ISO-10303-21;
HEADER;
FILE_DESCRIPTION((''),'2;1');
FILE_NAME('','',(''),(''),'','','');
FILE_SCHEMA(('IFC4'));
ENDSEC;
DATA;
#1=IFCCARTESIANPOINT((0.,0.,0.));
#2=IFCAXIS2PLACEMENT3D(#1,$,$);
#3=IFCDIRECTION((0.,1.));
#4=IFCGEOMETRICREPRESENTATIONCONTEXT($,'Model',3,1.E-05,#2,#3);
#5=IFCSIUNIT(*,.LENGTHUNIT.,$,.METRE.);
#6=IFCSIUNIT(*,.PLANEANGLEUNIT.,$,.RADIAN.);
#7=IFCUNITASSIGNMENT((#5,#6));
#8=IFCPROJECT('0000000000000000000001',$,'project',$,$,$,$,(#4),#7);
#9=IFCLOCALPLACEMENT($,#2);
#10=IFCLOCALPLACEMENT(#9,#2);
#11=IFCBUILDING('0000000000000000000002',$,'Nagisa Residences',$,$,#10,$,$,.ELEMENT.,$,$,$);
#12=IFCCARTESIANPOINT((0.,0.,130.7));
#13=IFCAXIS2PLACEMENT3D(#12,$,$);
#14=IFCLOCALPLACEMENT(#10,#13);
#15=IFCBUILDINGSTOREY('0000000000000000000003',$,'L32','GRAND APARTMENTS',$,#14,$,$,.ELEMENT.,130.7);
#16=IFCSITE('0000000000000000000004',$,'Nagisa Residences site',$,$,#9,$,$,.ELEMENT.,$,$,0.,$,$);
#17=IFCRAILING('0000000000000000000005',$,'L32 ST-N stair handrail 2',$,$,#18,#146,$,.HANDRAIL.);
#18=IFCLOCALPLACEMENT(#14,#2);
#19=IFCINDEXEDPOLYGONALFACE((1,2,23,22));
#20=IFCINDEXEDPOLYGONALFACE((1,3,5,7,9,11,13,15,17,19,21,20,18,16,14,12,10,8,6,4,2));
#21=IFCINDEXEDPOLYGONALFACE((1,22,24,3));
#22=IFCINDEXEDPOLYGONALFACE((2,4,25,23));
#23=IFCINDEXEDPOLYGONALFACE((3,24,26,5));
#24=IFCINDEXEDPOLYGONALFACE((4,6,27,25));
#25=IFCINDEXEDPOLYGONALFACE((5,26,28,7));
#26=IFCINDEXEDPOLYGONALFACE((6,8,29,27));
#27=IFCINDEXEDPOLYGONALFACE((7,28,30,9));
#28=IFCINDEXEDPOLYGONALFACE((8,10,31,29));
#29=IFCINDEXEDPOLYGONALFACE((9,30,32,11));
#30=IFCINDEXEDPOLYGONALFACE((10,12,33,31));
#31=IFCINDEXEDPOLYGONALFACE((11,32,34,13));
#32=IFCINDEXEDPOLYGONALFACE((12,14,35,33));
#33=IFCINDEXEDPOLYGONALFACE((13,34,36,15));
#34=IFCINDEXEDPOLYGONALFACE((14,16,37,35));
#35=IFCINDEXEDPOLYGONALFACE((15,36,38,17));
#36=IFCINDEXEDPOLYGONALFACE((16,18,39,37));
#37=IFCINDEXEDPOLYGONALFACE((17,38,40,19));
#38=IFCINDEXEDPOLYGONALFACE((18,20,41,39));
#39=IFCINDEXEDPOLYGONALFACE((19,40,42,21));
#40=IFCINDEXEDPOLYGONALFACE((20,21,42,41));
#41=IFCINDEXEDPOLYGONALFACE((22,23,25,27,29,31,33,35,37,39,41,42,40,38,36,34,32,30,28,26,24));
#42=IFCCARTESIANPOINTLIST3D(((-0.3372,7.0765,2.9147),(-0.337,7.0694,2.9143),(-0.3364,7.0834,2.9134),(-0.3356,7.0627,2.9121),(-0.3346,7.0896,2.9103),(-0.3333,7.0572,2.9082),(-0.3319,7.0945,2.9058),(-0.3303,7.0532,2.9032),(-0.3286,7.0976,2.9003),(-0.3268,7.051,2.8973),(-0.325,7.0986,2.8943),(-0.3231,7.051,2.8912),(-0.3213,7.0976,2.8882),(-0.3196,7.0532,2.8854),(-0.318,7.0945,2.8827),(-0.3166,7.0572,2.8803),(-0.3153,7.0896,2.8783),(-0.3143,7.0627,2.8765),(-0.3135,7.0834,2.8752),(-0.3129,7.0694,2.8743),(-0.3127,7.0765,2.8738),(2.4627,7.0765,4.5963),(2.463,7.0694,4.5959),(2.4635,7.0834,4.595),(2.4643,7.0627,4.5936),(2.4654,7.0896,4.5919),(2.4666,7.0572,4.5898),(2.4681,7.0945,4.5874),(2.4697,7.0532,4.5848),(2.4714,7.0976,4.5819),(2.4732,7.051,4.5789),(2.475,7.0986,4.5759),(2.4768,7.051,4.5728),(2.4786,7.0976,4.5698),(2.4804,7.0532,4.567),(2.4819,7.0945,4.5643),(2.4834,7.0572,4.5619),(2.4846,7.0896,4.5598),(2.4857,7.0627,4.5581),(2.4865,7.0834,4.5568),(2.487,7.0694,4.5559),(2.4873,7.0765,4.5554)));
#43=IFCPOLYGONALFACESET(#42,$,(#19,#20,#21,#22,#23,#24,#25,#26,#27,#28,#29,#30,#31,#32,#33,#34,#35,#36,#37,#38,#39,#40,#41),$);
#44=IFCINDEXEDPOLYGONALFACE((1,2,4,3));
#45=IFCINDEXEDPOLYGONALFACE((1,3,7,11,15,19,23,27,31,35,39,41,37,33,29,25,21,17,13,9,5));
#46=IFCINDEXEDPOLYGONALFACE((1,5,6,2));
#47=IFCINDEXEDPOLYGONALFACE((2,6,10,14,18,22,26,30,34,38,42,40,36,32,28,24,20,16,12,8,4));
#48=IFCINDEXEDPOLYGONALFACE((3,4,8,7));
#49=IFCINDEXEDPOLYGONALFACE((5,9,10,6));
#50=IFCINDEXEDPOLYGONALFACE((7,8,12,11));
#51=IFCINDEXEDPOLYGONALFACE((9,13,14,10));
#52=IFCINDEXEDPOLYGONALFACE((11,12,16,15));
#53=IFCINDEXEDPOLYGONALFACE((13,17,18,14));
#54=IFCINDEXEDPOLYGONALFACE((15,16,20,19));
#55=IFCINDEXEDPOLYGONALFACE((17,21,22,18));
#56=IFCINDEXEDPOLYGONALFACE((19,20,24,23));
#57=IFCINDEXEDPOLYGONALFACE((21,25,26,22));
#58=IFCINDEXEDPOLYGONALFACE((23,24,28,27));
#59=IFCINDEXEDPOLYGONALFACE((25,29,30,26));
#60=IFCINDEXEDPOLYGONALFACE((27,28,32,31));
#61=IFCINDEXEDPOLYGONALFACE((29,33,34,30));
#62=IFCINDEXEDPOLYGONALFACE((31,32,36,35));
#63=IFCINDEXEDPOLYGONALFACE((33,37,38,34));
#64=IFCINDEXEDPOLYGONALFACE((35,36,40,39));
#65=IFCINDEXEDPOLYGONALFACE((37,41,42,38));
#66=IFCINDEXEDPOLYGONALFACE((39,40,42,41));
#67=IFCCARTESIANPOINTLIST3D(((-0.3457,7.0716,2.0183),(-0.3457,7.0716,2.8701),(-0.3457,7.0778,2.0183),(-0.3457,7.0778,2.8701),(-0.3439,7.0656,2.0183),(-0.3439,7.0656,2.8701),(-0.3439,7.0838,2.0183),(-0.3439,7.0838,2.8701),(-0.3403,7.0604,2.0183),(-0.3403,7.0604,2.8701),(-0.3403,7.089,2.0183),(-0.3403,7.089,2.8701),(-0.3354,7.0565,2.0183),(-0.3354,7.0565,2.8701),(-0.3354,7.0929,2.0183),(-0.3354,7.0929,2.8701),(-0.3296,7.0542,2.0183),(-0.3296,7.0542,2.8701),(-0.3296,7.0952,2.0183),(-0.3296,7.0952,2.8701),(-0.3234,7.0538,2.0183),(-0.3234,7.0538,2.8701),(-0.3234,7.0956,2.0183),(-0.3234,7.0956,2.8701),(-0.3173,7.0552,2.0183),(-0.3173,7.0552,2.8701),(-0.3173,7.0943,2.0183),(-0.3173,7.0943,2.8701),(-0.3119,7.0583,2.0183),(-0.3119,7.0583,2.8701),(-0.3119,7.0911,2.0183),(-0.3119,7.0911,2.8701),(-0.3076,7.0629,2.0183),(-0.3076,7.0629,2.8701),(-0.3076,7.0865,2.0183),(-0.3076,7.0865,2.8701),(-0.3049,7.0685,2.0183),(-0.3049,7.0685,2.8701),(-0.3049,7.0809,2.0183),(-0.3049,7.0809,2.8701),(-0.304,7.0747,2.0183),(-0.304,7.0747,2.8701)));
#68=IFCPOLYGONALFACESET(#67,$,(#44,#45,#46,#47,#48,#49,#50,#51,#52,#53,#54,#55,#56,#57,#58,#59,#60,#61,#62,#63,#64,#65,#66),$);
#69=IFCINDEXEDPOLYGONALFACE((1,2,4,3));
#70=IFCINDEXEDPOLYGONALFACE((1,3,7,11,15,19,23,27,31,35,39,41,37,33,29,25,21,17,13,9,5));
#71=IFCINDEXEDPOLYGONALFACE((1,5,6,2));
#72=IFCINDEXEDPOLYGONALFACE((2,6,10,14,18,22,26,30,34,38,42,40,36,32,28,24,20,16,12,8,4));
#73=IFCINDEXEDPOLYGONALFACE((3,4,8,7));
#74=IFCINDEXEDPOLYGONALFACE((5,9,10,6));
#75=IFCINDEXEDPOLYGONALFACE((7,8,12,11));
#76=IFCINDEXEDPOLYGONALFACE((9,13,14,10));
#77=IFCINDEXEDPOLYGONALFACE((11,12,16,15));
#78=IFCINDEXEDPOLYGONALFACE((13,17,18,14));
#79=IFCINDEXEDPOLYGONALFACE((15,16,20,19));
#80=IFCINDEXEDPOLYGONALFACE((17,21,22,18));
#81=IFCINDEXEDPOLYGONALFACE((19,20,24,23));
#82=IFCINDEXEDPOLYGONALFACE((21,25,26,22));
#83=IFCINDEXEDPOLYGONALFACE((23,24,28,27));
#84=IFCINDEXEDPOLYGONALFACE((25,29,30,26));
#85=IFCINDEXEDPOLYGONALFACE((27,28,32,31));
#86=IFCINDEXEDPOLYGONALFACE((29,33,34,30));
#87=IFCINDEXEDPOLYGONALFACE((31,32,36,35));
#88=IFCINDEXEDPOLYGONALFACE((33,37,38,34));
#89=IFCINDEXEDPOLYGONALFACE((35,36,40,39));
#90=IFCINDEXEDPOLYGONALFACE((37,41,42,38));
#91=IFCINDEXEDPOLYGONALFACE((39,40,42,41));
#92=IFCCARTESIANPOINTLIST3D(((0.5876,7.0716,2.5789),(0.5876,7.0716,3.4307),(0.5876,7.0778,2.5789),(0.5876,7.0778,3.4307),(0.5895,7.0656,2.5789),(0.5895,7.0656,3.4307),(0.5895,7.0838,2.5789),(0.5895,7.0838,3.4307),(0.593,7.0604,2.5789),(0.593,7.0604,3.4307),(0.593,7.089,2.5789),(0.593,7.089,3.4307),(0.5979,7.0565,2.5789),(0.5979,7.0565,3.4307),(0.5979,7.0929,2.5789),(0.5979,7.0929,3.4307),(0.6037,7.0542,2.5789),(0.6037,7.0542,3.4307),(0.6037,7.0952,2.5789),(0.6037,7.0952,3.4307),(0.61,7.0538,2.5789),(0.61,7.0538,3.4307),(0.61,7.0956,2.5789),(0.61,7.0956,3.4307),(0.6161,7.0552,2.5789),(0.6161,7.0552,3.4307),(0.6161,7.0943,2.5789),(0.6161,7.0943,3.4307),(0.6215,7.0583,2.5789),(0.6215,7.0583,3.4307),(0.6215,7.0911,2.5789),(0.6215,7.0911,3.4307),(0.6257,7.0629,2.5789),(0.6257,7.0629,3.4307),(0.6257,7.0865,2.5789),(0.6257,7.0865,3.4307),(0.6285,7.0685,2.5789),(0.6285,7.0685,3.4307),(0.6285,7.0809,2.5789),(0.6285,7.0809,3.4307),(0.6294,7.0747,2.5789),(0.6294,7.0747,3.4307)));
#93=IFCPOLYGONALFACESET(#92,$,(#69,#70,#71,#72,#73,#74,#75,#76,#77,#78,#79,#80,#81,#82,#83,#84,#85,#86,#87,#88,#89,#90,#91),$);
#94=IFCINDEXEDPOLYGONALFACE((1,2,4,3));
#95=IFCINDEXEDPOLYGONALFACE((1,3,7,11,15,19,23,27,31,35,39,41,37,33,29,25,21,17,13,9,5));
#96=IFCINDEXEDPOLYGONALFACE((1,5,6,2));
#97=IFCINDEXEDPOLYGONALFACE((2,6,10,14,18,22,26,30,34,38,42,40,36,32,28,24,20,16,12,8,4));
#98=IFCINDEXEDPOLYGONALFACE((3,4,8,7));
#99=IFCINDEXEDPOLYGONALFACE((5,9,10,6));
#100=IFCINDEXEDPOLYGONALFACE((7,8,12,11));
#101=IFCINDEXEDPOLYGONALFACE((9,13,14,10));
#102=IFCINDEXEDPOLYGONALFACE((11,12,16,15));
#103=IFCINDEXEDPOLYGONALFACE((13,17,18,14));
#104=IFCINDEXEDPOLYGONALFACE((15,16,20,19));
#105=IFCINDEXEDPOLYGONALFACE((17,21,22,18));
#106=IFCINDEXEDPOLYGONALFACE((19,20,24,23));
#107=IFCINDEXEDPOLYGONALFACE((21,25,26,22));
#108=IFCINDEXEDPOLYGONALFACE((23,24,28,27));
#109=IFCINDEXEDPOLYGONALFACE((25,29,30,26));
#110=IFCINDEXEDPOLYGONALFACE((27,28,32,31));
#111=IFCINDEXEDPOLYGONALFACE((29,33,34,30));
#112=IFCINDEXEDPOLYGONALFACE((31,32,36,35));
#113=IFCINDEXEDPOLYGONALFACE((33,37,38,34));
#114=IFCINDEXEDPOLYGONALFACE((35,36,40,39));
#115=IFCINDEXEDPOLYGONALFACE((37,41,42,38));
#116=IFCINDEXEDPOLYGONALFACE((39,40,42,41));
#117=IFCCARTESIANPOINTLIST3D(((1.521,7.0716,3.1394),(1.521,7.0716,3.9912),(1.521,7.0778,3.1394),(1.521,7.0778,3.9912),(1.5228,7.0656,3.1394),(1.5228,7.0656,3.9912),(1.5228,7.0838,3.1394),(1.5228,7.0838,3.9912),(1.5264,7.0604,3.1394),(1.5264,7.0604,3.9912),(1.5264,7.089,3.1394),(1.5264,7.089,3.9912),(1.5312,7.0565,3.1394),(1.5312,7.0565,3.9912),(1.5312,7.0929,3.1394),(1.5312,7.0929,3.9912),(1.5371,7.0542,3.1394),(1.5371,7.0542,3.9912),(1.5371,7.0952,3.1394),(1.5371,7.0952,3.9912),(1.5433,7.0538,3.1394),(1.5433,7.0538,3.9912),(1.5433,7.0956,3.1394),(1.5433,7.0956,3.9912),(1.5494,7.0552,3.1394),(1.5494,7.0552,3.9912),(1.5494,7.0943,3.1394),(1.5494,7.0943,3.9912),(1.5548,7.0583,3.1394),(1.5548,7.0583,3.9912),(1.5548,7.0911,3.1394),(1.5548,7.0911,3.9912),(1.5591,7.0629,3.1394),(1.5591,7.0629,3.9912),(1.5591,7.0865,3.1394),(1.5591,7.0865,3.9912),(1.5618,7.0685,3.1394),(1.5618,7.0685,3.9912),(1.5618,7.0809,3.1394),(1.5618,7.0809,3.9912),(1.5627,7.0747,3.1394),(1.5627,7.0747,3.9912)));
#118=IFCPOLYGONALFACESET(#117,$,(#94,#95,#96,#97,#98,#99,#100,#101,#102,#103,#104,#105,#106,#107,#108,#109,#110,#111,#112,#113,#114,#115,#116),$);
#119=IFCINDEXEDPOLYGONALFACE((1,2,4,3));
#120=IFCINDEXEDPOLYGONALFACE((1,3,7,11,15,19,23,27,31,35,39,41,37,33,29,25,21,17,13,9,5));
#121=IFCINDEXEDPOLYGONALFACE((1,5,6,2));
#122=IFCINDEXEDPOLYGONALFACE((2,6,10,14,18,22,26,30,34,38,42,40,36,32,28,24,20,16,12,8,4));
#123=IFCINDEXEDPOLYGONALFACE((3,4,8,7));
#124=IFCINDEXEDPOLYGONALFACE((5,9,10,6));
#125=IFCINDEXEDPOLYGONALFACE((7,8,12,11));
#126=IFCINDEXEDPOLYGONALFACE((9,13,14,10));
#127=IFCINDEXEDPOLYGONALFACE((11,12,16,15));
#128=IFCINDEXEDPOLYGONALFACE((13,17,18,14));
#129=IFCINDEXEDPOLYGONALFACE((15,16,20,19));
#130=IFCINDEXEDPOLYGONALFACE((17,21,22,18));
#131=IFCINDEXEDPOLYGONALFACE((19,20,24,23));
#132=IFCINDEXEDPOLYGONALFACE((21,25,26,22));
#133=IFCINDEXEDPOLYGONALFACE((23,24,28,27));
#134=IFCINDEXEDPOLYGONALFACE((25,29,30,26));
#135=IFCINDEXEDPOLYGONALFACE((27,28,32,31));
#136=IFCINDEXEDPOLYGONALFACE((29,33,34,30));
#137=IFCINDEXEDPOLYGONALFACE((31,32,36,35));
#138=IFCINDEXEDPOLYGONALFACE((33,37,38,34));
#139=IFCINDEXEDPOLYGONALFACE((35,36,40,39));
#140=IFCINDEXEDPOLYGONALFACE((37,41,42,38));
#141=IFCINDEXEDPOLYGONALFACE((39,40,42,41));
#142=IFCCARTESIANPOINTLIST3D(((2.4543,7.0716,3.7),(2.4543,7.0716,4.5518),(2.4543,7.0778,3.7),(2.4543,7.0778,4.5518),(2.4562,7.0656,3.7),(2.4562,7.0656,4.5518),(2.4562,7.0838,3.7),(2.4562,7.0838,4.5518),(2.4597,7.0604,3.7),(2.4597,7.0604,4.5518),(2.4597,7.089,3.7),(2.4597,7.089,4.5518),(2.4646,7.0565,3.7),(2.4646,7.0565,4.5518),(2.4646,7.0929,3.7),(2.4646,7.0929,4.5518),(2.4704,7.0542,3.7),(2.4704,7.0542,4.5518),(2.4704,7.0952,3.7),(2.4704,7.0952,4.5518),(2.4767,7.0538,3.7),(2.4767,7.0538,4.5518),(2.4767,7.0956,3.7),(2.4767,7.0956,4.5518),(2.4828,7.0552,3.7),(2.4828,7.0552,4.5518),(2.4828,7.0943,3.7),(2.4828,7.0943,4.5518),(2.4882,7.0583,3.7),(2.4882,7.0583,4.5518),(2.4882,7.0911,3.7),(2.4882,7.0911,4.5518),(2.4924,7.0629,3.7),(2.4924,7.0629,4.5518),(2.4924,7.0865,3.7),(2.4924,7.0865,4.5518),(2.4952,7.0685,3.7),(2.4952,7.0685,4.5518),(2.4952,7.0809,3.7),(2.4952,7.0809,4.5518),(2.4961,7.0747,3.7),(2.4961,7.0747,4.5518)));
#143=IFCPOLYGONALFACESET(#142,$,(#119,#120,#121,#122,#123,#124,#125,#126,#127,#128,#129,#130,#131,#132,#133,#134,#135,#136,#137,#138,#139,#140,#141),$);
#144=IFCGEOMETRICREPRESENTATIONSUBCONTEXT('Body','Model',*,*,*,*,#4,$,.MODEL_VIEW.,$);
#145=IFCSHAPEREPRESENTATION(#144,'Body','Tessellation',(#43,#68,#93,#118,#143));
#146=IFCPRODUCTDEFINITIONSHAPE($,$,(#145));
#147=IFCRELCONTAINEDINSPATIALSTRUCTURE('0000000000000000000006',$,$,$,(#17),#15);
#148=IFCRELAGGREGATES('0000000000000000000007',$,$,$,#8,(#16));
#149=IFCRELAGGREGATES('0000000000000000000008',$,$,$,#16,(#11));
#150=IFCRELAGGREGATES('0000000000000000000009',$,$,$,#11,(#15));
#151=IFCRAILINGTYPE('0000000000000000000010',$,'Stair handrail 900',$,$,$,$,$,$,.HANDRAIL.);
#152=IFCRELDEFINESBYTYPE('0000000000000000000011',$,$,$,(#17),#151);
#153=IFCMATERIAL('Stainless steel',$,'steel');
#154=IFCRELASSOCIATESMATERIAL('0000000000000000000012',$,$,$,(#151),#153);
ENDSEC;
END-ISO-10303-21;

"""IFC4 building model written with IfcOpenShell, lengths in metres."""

from ifc_helpers import new_model, si_unit, direction, frame, origin, origin_2d, place, context, subcontext, project, spatial, circle, extrude, material, type_object, element, save


model = new_model("IFC4")

# Units and contexts
model_context = context("Model", 3, precision=1e-05, world=origin(), true_north=direction((0.0, 1.0)))
body_context = subcontext(model_context, "Body", "Model", "MODEL_VIEW")
ifc_project = project(units=[si_unit("LENGTHUNIT", "METRE"), si_unit("PLANEANGLEUNIT", "RADIAN")], contexts=[model_context])

# Site, building, storey
site_placement = place(None, origin())
site = spatial("IfcSite", under=ifc_project, at=site_placement, Name="Nagisa Residences site", CompositionType="ELEMENT", RefElevation=0.0)
building_placement = place(site_placement, origin())
building = spatial("IfcBuilding", under=site, at=building_placement, Name="Nagisa Residences", CompositionType="ELEMENT")
storey_placement = place(building_placement, frame((0.0, 0.0, 130.7)))
storey = spatial("IfcBuildingStorey", under=building, at=storey_placement, Name="L32", Description="GRAND APARTMENTS", CompositionType="ELEMENT", Elevation=130.7)

# Railing
ifc_material_1 = material(Name="Stainless steel", Category="steel")
railing_type = type_object("IfcRailingType", Name="Stair handrail 900", PredefinedType="HANDRAIL", material=ifc_material_1)
railing_placement = place(storey_placement, frame((-0.325, 7.0747, 2.0183)))
element("IfcRailing", 1, at=railing_placement, inside=storey, type_object=railing_type, Name="L32 ST-N stair handrail 2", PredefinedType="HANDRAIL", context=body_context, shape_type="SweptSolid", body=[
    extrude(circle(Radius=0.0239, at=origin_2d()), frame((0.0, 0.0, 0.876), z_axis=(0.857275, 0.0, 0.514858), x_axis=(0.0, 1.0, 0.0)), (0.0, 0.0, 1.0), 3.2661),
    extrude(circle(Radius=0.021, at=origin_2d()), origin(), (0.0, 0.0, 1.0), 0.8518),
    extrude(circle(Radius=0.021, at=origin_2d()), frame((0.9333, 0.0, 0.5605)), (0.0, 0.0, 1.0), 0.8518),
    extrude(circle(Radius=0.021, at=origin_2d()), frame((1.8667, 0.0, 1.1211)), (0.0, 0.0, 1.0), 0.8518),
    extrude(circle(Radius=0.021, at=origin_2d()), frame((2.8, 0.0, 1.6816)), (0.0, 0.0, 1.0), 0.8518),
])

save(model, "model.ifc")
